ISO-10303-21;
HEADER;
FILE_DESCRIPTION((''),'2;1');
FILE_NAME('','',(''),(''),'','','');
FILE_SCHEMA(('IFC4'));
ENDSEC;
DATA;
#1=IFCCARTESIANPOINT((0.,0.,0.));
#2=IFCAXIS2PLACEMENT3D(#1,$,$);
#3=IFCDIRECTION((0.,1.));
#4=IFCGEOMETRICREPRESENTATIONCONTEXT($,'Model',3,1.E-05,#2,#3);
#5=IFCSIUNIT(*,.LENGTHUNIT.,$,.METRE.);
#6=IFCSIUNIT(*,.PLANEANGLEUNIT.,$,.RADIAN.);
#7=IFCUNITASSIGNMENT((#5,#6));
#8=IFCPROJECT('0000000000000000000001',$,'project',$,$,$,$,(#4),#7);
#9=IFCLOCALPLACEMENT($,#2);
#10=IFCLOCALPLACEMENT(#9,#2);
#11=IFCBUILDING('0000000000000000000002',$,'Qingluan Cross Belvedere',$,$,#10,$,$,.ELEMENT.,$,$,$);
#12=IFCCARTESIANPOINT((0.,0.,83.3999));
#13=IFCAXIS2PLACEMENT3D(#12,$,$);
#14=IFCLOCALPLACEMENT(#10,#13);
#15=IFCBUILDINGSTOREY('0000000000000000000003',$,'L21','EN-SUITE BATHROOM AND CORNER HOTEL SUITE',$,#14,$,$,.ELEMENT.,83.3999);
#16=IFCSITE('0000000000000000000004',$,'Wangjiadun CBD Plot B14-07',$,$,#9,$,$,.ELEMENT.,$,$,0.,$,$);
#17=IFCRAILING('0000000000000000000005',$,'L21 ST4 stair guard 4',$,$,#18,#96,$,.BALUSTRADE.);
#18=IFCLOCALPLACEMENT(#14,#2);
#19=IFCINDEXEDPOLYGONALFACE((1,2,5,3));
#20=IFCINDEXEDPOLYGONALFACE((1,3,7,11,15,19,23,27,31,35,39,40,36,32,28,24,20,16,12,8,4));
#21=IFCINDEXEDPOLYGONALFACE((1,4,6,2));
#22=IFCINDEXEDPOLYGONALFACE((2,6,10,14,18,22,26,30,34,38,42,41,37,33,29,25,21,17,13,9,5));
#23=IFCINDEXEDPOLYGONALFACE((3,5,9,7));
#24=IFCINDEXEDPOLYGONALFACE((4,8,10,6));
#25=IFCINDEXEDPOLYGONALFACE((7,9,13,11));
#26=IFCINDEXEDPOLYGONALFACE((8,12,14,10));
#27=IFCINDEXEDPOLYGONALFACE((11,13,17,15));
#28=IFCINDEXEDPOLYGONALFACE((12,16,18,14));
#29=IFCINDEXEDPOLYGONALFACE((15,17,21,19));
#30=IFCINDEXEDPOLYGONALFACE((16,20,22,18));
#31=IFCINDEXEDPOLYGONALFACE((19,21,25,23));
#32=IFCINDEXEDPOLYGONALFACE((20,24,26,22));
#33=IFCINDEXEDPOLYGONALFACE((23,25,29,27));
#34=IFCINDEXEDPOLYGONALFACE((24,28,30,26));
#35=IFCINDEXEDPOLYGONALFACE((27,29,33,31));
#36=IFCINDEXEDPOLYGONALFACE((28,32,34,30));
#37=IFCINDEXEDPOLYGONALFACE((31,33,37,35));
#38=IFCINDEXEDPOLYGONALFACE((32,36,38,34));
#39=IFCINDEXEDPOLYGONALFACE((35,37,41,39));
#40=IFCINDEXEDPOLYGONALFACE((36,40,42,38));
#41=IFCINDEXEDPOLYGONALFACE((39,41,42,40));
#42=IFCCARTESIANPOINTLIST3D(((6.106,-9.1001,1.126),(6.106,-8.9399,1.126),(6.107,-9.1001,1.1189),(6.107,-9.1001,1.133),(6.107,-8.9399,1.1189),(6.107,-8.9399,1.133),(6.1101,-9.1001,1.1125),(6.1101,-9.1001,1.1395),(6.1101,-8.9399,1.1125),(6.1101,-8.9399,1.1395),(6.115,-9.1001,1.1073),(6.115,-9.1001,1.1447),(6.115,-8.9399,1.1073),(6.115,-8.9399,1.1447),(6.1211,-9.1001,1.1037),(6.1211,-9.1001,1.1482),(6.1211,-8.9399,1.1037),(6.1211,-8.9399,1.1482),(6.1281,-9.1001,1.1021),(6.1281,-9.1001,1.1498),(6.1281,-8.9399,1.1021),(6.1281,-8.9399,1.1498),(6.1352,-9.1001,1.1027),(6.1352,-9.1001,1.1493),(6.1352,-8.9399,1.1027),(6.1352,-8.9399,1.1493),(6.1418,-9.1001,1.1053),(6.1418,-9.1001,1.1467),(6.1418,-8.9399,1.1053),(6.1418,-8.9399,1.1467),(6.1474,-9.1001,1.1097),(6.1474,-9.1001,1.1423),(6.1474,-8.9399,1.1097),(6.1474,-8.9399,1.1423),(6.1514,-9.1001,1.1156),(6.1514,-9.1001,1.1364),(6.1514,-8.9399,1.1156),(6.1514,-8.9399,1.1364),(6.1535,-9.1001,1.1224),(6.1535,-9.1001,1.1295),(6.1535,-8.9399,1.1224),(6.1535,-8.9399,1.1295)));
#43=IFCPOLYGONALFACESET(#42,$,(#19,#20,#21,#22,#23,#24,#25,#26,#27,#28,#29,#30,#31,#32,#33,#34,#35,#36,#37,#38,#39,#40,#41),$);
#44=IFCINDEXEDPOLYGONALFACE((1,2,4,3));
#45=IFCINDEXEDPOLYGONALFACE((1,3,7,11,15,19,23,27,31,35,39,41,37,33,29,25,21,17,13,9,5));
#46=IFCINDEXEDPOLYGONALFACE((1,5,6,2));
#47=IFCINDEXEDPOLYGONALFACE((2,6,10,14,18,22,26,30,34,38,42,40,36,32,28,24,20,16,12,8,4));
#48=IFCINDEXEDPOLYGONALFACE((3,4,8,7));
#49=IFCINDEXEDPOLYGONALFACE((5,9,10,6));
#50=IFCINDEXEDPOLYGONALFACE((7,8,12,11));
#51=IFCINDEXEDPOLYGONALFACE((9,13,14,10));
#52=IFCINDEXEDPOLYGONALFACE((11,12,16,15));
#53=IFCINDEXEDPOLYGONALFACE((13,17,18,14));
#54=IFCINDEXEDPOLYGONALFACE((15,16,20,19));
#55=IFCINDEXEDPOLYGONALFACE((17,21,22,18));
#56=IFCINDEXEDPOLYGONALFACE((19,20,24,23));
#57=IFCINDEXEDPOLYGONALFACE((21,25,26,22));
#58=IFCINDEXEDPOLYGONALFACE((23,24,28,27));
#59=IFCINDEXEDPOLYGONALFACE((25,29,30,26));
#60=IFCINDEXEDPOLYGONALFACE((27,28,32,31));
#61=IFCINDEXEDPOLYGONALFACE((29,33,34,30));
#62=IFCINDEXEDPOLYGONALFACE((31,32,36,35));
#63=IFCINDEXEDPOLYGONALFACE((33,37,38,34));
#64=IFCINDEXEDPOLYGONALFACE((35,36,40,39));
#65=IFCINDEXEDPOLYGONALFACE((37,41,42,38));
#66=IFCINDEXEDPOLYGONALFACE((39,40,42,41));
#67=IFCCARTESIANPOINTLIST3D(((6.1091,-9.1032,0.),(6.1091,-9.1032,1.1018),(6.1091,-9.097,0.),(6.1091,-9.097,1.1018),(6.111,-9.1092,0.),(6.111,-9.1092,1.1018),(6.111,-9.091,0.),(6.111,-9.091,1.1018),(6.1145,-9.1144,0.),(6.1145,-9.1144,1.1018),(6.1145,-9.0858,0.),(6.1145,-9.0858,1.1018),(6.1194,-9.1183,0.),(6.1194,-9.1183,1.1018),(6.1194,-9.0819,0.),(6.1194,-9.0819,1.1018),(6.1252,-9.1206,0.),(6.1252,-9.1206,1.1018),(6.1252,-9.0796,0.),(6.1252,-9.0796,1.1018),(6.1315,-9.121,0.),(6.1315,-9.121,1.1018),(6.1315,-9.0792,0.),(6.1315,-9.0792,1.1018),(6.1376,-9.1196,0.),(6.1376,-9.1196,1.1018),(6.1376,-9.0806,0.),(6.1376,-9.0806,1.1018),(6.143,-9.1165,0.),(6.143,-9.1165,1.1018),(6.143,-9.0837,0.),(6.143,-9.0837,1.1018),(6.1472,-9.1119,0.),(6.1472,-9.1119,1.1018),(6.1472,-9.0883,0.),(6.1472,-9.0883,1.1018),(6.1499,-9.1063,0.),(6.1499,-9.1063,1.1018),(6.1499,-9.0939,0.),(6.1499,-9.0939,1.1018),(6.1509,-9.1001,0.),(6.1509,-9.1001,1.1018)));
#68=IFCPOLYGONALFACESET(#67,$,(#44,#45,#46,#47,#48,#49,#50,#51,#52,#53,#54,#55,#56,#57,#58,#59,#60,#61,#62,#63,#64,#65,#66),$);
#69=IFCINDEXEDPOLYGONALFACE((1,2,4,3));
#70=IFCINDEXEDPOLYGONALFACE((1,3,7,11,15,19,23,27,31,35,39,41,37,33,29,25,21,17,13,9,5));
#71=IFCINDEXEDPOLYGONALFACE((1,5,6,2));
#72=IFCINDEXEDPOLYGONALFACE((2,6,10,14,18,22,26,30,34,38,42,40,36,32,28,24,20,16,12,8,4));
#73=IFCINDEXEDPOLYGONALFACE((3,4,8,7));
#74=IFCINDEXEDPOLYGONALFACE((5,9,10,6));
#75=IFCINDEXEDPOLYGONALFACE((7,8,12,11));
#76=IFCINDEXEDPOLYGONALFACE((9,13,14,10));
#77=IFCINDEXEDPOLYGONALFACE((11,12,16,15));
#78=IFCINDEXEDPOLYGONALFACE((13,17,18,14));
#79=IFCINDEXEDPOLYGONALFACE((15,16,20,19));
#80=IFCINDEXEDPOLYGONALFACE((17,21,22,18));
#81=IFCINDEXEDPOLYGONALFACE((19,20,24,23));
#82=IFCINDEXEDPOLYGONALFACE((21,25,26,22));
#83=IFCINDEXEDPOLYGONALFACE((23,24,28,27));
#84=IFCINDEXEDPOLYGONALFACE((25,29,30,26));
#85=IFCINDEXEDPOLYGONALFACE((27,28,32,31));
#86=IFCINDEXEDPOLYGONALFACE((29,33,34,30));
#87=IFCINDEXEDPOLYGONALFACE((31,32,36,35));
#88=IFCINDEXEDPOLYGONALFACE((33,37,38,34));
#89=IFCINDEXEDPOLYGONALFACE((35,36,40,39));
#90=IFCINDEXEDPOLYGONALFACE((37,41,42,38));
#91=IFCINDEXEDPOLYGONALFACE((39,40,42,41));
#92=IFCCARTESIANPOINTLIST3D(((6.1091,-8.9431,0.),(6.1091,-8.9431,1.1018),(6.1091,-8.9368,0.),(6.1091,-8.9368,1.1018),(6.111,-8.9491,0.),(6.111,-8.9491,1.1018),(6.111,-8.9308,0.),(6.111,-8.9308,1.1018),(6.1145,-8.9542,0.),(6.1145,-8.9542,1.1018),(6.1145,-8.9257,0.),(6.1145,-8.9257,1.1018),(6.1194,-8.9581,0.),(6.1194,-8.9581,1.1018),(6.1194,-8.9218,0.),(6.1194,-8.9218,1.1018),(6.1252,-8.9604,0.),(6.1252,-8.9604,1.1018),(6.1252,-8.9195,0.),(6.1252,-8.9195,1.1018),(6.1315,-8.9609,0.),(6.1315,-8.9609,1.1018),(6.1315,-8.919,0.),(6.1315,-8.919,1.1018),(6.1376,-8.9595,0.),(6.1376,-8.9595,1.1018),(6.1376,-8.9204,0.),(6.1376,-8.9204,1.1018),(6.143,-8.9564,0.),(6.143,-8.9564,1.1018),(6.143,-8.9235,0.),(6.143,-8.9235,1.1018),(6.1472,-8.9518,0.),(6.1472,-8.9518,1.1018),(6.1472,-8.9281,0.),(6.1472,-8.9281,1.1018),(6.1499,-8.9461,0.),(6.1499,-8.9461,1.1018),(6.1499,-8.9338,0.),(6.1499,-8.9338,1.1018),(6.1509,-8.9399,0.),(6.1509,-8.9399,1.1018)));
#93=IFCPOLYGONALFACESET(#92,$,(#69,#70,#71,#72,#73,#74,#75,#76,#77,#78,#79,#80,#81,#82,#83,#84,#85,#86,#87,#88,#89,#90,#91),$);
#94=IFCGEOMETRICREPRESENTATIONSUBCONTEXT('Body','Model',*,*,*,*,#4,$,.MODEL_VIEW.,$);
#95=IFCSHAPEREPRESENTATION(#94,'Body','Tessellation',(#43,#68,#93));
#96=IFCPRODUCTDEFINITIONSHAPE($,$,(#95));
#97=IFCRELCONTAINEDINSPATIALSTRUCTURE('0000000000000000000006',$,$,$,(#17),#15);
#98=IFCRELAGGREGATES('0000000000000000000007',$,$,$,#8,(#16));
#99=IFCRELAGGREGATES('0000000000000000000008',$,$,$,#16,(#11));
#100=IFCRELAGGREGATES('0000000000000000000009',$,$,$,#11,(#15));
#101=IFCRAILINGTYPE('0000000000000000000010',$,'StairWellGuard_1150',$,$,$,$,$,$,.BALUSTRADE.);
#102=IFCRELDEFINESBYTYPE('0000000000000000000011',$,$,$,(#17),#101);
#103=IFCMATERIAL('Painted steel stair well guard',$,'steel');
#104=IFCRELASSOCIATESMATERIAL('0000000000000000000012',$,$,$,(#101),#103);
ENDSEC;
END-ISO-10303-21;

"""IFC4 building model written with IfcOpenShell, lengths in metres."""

from ifc_helpers import new_model, si_unit, direction, frame, origin, origin_2d, place, context, subcontext, project, spatial, circle, extrude, material, type_object, element, save


model = new_model("IFC4")

# Units and contexts
model_context = context("Model", 3, precision=1e-05, world=origin(), true_north=direction((0.0, 1.0)))
body_context = subcontext(model_context, "Body", "Model", "MODEL_VIEW")
ifc_project = project(units=[si_unit("LENGTHUNIT", "METRE"), si_unit("PLANEANGLEUNIT", "RADIAN")], contexts=[model_context])

# Site, building, storey
site_placement = place(None, origin())
site = spatial("IfcSite", under=ifc_project, at=site_placement, Name="Wangjiadun CBD Plot B14-07", CompositionType="ELEMENT", RefElevation=0.0)
building_placement = place(site_placement, origin())
building = spatial("IfcBuilding", under=site, at=building_placement, Name="Qingluan Cross Belvedere", CompositionType="ELEMENT")
storey_placement = place(building_placement, frame((0.0, 0.0, 83.3999)))
storey = spatial("IfcBuildingStorey", under=building, at=storey_placement, Name="L21", Description="EN-SUITE BATHROOM AND CORNER HOTEL SUITE", CompositionType="ELEMENT", Elevation=83.3999)

# Railing
ifc_material_1 = material(Name="Painted steel stair well guard", Category="steel")
railing_type_1 = type_object("IfcRailingType", Name="StairWellGuard_1150", PredefinedType="BALUSTRADE", material=ifc_material_1)
railing_1_placement = place(storey_placement, frame((6.1299, -9.1001, 0.0)))
element("IfcRailing", 1, at=railing_1_placement, inside=storey, type_object=railing_type_1, Name="L21 ST4 stair guard 4", PredefinedType="BALUSTRADE", context=body_context, shape_type="SweptSolid", body=[
    extrude(circle(Radius=0.0239, at=origin_2d()), frame((0.0, 0.0, 1.126), z_axis=(0.0, 1.0, 0.0), x_axis=(-1.0, 0.0, 0.0)), (0.0, 0.0, 1.0), 0.1602),
    extrude(circle(Radius=0.021, at=origin_2d()), origin(), (0.0, 0.0, 1.0), 1.1018),
    extrude(circle(Radius=0.021, at=origin_2d()), frame((0.0, 0.1602, 0.0)), (0.0, 0.0, 1.0), 1.1018),
])

save(model, "model.ifc")
